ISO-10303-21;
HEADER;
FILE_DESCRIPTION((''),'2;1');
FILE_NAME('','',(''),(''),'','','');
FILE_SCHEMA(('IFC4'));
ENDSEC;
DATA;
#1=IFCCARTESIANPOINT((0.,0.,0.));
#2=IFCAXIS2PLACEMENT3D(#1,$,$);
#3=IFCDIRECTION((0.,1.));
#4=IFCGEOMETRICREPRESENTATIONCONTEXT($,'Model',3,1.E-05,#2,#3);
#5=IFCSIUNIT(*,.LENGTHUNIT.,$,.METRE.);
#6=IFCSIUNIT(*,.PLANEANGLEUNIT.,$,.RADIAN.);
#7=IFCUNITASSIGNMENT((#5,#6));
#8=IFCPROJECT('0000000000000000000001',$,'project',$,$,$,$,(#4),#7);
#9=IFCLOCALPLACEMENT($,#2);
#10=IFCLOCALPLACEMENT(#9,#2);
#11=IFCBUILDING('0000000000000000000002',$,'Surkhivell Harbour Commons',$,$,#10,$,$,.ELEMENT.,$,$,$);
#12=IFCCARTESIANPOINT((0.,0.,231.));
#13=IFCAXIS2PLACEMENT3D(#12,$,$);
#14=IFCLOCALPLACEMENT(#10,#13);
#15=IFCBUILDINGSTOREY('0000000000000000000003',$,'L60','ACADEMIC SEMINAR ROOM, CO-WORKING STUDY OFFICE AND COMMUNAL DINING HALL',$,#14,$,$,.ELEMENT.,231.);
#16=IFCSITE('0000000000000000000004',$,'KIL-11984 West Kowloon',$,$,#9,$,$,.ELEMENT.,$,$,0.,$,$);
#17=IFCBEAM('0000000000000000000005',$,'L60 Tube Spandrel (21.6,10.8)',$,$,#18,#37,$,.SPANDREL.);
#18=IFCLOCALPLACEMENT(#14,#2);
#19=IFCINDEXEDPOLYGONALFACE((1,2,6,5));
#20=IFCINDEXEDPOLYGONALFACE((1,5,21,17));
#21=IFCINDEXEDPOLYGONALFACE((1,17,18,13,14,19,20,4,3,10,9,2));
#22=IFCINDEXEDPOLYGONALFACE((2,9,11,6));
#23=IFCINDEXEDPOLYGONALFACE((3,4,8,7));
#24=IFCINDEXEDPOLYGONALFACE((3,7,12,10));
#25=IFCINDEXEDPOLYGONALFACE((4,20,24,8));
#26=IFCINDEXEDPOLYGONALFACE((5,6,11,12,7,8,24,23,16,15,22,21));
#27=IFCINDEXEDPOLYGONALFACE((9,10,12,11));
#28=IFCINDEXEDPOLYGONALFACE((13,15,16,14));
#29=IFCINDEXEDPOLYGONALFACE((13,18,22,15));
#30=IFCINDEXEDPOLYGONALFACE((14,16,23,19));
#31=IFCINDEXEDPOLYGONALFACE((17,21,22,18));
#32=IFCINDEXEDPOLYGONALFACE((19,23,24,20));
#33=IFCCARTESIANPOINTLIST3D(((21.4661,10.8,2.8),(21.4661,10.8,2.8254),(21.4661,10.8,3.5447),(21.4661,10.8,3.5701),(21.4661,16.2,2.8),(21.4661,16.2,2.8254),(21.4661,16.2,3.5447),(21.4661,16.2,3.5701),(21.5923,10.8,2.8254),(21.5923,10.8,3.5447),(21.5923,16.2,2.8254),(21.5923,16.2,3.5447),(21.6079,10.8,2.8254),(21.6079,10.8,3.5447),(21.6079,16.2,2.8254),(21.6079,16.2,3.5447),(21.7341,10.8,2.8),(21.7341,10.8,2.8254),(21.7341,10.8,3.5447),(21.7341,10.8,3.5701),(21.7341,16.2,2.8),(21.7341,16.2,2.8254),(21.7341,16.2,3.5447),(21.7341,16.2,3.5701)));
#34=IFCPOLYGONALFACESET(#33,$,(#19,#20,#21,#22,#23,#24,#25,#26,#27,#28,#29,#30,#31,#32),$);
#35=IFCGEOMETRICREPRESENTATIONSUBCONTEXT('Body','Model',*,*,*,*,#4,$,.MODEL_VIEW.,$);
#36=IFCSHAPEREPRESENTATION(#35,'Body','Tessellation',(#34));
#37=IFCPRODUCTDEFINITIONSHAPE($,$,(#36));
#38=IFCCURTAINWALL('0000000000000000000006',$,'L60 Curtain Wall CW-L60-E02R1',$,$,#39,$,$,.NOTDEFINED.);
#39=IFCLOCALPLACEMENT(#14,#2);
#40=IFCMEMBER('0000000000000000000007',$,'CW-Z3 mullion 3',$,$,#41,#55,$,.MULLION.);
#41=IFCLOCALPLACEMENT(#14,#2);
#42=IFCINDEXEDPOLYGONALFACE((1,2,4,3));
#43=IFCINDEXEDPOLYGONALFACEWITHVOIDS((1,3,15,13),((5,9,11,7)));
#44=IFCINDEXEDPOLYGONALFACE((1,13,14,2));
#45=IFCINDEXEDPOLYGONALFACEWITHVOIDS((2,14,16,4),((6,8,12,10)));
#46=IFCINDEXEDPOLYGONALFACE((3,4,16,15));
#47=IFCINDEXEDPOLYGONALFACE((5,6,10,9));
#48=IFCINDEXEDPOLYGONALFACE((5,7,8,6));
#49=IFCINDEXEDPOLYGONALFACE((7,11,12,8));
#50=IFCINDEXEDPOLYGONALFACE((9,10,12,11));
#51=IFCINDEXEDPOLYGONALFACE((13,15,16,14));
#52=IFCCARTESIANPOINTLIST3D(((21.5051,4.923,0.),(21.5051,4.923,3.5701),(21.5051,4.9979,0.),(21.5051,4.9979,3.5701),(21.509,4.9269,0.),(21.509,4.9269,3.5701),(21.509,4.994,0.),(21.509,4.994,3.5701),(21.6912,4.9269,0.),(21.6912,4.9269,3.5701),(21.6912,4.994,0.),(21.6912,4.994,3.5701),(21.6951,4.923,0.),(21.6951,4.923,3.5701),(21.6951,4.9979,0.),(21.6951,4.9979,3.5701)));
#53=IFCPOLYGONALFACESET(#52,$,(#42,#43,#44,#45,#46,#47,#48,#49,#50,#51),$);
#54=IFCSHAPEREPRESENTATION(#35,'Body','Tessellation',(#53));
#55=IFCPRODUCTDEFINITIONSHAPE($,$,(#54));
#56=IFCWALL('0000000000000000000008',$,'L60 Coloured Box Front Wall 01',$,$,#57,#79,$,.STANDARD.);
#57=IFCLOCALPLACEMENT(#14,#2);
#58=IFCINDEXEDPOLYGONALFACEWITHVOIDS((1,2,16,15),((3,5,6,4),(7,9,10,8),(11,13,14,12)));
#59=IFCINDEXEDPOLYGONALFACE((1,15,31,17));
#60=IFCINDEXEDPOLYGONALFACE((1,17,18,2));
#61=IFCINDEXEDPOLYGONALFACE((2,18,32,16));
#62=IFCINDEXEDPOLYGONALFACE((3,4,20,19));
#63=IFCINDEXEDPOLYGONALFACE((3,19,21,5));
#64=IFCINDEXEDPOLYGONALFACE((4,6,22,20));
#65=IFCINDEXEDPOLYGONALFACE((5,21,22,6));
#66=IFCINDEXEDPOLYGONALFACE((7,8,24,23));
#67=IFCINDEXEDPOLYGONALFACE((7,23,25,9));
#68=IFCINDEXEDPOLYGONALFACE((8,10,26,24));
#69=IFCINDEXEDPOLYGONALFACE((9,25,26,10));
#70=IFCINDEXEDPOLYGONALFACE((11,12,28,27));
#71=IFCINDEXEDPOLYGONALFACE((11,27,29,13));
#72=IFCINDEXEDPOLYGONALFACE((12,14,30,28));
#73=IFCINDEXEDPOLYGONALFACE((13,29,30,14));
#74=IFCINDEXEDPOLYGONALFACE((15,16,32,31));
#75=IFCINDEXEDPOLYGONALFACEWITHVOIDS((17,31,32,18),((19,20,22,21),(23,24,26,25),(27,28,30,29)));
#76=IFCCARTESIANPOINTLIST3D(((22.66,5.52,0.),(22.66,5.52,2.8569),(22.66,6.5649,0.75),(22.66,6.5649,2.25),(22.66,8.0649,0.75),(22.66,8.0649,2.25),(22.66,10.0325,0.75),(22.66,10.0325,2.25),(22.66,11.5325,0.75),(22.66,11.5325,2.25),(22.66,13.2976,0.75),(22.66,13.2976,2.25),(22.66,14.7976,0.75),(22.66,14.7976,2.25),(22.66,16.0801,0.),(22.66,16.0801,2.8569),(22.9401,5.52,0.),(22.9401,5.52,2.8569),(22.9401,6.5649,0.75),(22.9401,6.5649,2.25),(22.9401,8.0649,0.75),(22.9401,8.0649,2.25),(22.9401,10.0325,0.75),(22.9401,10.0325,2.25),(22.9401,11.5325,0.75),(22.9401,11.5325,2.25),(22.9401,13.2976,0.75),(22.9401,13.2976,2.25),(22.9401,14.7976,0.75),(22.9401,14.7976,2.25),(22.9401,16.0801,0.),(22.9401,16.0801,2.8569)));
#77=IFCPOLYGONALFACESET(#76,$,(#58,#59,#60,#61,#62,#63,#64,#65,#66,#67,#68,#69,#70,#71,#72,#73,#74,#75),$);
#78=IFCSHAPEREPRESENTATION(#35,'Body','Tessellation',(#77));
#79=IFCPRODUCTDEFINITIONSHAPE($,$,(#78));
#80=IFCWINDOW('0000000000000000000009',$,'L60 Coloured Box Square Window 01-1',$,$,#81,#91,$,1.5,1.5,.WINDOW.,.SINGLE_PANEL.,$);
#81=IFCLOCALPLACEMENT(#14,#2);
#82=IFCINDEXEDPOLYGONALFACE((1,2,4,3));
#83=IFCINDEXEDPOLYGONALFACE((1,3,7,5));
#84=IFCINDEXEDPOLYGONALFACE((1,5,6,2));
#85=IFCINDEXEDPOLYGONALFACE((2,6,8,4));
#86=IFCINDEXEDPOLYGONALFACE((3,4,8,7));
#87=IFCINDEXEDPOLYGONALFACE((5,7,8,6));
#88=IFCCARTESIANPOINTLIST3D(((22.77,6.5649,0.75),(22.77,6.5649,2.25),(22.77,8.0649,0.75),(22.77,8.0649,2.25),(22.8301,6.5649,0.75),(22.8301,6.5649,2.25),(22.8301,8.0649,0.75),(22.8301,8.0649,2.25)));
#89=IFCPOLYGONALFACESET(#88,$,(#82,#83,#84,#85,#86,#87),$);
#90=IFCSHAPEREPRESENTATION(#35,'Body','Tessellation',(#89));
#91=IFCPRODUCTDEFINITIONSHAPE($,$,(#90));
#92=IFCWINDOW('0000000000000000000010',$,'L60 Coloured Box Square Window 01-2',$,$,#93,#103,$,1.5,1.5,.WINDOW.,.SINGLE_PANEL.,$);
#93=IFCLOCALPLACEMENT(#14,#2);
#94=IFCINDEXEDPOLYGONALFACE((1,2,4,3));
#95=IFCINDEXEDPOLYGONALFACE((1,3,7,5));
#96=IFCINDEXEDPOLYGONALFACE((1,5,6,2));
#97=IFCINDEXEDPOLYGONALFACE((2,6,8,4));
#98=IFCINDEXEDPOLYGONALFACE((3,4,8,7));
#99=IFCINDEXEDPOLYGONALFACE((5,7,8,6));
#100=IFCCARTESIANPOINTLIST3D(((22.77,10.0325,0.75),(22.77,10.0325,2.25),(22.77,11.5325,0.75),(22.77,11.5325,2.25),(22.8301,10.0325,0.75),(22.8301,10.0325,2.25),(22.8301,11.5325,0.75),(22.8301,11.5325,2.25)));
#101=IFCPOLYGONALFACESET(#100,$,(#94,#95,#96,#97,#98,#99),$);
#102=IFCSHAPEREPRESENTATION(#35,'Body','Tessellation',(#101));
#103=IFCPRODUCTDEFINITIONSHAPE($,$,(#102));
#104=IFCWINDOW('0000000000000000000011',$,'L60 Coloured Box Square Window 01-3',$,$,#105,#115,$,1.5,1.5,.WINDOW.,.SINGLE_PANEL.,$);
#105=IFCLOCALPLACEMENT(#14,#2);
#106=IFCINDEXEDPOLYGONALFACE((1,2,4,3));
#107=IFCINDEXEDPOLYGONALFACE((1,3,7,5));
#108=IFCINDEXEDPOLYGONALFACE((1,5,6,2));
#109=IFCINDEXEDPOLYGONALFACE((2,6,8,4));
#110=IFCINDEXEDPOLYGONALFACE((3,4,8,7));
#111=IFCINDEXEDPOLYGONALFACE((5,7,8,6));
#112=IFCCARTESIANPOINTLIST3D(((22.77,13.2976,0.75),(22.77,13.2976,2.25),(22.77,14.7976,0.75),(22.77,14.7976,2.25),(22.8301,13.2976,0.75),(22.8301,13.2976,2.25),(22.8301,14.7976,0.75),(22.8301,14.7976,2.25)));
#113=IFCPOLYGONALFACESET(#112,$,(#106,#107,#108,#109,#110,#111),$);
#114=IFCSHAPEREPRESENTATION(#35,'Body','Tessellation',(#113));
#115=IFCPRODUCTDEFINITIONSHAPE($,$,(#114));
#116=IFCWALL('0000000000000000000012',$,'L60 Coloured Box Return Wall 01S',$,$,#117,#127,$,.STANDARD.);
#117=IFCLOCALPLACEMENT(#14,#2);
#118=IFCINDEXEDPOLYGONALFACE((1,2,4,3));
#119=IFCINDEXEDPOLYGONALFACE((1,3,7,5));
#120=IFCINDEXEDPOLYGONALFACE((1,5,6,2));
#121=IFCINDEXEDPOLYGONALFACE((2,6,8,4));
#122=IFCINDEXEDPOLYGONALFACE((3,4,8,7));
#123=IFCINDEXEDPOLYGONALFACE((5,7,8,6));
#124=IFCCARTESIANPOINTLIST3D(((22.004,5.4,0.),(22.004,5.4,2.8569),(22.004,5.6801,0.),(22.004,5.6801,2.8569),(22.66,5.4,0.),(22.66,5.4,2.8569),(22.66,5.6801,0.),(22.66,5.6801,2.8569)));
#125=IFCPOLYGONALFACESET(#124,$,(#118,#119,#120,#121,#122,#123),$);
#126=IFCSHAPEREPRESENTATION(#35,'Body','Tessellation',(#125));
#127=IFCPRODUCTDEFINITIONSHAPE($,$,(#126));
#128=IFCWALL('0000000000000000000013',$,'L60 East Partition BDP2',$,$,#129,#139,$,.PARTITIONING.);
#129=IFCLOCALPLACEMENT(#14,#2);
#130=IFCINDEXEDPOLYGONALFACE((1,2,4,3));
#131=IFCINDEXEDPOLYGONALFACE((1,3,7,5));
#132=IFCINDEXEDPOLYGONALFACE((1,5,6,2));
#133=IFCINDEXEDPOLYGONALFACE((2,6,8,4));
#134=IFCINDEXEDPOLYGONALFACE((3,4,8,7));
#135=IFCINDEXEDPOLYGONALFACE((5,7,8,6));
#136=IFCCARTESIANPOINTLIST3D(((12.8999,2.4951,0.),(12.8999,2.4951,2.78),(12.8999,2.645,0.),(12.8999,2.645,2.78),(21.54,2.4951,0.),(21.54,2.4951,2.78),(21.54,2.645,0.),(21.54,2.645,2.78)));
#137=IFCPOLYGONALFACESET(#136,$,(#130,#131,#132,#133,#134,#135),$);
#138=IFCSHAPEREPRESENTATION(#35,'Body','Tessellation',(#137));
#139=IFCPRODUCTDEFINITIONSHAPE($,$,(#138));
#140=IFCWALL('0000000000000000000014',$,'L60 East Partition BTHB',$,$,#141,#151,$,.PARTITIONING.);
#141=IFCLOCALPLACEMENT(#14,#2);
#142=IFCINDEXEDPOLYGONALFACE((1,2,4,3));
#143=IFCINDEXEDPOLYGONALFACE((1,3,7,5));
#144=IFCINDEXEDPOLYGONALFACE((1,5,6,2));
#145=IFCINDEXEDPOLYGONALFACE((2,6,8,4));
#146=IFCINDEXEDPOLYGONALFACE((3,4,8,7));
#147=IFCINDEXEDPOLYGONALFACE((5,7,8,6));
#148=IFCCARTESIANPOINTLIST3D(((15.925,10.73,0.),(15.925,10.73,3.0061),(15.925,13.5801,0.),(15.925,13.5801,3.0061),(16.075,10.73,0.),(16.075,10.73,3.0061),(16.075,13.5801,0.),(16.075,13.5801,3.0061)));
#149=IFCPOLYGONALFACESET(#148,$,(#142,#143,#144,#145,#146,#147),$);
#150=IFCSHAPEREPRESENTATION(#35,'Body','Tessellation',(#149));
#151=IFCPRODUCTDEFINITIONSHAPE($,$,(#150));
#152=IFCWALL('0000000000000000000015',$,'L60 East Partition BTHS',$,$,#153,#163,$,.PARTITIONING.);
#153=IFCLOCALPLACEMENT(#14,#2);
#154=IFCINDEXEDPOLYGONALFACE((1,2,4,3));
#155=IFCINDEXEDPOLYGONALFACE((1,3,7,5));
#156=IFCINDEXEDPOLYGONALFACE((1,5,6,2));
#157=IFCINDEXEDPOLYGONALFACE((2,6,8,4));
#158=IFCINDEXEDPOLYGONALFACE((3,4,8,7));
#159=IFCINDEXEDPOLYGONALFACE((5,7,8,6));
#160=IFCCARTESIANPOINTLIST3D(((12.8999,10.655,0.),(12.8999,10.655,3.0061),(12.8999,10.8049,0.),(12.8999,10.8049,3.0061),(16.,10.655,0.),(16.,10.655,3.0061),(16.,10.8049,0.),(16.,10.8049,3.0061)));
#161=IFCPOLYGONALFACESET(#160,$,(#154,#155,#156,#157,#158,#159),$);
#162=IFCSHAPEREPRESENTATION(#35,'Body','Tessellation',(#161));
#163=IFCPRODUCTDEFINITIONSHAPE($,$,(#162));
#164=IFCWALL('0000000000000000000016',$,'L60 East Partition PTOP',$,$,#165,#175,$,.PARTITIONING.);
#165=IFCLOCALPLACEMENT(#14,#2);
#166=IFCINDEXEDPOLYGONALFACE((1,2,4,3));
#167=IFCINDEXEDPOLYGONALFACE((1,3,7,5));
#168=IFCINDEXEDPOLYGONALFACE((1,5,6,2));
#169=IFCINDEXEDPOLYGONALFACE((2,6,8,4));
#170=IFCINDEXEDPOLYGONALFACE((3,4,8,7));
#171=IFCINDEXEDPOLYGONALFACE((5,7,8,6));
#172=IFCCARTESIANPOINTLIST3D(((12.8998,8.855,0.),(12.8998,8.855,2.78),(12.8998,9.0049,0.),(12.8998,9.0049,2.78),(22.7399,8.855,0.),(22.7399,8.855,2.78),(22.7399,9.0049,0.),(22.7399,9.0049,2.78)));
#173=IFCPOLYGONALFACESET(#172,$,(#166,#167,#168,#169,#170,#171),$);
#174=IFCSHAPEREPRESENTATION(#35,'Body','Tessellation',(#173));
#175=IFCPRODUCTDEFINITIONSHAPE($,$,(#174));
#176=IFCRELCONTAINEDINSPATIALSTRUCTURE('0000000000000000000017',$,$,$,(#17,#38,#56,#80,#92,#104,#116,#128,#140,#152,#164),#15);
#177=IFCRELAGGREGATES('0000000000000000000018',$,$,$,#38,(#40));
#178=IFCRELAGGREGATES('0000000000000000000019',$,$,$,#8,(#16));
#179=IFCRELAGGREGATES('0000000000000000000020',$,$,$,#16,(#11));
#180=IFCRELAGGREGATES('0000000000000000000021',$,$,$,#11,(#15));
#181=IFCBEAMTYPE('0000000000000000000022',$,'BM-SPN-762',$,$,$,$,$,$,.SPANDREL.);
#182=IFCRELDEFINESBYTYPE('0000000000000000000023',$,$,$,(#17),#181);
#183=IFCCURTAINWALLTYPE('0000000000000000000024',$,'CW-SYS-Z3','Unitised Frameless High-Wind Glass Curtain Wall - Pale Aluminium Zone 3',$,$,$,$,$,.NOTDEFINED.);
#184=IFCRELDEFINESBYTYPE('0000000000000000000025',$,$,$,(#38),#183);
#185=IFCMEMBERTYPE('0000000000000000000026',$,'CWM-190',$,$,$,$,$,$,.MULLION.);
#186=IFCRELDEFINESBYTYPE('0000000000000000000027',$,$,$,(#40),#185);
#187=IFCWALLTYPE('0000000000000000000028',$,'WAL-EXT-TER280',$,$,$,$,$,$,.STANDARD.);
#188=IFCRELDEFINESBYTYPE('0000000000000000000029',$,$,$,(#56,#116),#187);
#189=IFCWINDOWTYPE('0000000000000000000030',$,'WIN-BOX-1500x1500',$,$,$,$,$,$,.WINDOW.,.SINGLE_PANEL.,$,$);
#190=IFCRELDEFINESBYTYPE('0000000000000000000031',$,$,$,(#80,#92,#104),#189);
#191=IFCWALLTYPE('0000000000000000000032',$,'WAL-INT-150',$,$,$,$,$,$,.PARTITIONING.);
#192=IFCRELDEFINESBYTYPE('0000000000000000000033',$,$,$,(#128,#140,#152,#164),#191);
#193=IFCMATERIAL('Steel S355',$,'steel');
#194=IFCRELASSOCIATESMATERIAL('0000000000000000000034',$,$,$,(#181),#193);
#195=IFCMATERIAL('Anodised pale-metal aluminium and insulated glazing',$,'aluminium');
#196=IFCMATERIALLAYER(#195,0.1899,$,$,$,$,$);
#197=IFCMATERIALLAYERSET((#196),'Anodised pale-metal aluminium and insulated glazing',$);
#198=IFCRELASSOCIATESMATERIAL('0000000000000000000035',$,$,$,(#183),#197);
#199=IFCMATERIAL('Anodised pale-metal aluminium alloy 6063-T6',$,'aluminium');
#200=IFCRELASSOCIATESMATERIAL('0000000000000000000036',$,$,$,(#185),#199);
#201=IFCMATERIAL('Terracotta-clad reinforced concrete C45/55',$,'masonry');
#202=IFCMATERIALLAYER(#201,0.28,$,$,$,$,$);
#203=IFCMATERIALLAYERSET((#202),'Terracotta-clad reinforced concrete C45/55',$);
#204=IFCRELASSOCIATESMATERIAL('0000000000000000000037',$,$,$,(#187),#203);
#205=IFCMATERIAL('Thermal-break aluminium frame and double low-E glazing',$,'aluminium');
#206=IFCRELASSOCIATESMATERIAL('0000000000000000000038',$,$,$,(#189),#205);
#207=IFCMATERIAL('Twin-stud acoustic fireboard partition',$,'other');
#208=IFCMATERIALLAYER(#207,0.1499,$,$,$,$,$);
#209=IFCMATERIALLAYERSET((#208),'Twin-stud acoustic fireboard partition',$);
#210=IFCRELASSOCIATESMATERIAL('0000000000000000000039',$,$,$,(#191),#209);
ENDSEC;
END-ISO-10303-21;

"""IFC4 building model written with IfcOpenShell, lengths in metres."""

from ifc_helpers import new_model, si_unit, direction, frame, frame_2d, origin, origin_2d, place, context, subcontext, project, spatial, rectangle, hollow_rectangle, i_section, extrude, material, layer, layer_set, material_profile, profile_set, type_object, element, fill, aggregate, save


model = new_model("IFC4")

# Units and contexts
model_context = context("Model", 3, precision=1e-05, world=origin(), true_north=direction((0.0, 1.0)))
body_context = subcontext(model_context, "Body", "Model", "MODEL_VIEW")
ifc_project = project(units=[si_unit("LENGTHUNIT", "METRE"), si_unit("PLANEANGLEUNIT", "RADIAN")], contexts=[model_context])

# Site, building, storey
site_placement = place(None, origin())
site = spatial("IfcSite", under=ifc_project, at=site_placement, Name="KIL-11984 West Kowloon", CompositionType="ELEMENT", RefElevation=0.0)
building_placement = place(site_placement, origin())
building = spatial("IfcBuilding", under=site, at=building_placement, Name="Surkhivell Harbour Commons", CompositionType="ELEMENT")
storey_placement = place(building_placement, frame((0.0, 0.0, 231.0)))
storey = spatial("IfcBuildingStorey", under=building, at=storey_placement, Name="L60", Description="ACADEMIC SEMINAR ROOM, CO-WORKING STUDY OFFICE AND COMMUNAL DINING HALL", CompositionType="ELEMENT", Elevation=231.0)

# Beam
ifc_material_1 = material(Name="Steel S355", Category="steel")
ifc_material_profile_1 = material_profile(ifc_material_1, i_section(OverallWidth=0.2681, OverallDepth=0.77, WebThickness=0.0156, FlangeThickness=0.0254, at=origin_2d()), Name="UB762x267x197")
ifc_profile_set_1 = profile_set([ifc_material_profile_1], Name="Steel S355")
beam_type_1 = type_object("IfcBeamType", Name="BM-SPN-762", PredefinedType="SPANDREL", material=ifc_profile_set_1)
beam_1_placement = place(storey_placement, frame((21.6001, 10.8, 3.1851), z_axis=(0.0, 1.0, 0.0), x_axis=(-1.0, 0.0, 0.0)))
element("IfcBeam", 1, at=beam_1_placement, inside=storey, type_object=beam_type_1, Name="L60 Tube Spandrel (21.6,10.8)", PredefinedType="SPANDREL", context=body_context, shape_type="SweptSolid", body=[
    extrude(i_section(OverallWidth=0.2681, OverallDepth=0.77, WebThickness=0.0156, FlangeThickness=0.0254, at=origin_2d()), origin(), (0.0, 0.0, 1.0), 5.3999),
])

# Curtain wall, member
ifc_material_2 = material(Name="Anodised pale-metal aluminium and insulated glazing", Category="aluminium")
ifc_layer_1 = layer(ifc_material_2, 0.1899)
ifc_layer_set_1 = layer_set([ifc_layer_1], Name="Anodised pale-metal aluminium and insulated glazing")
curtain_wall_type = type_object("IfcCurtainWallType", Name="CW-SYS-Z3", Description="Unitised Frameless High-Wind Glass Curtain Wall - Pale Aluminium Zone 3", PredefinedType="NOTDEFINED", material=ifc_layer_set_1)
curtain_wall_placement = place(storey_placement, origin())
curtain_wall = element("IfcCurtainWall", 2, at=curtain_wall_placement, inside=storey, type_object=curtain_wall_type, Name="L60 Curtain Wall CW-L60-E02R1", PredefinedType="NOTDEFINED")
ifc_material_3 = material(Name="Anodised pale-metal aluminium alloy 6063-T6", Category="aluminium")
ifc_material_profile_2 = material_profile(ifc_material_3, hollow_rectangle(XDim=0.075, YDim=0.1899, WallThickness=0.0039, at=origin_2d()), Name="ALU-MULL-75x190")
ifc_profile_set_2 = profile_set([ifc_material_profile_2], Name="Anodised pale-metal aluminium alloy 6063-T6")
member_type = type_object("IfcMemberType", Name="CWM-190", PredefinedType="MULLION", material=ifc_profile_set_2)
member_placement = place(storey_placement, frame((21.6001, 4.9604, 0.0), z_axis=(0.0, 0.0, 1.0), x_axis=(0.0, 1.0, 0.0)))
member = element("IfcMember", 3, at=member_placement, type_object=member_type, Name="CW-Z3 mullion 3", PredefinedType="MULLION", context=body_context, shape_type="SweptSolid", body=[
    extrude(hollow_rectangle(XDim=0.075, YDim=0.1899, WallThickness=0.0039, at=origin_2d()), origin(), (0.0, 0.0, 1.0), 3.5701),
])
aggregate(curtain_wall, [member])

# Wall, openings, windows
ifc_material_4 = material(Name="Terracotta-clad reinforced concrete C45/55", Category="masonry")
ifc_layer_2 = layer(ifc_material_4, 0.28)
ifc_layer_set_2 = layer_set([ifc_layer_2], Name="Terracotta-clad reinforced concrete C45/55")
wall_type_1 = type_object("IfcWallType", Name="WAL-EXT-TER280", PredefinedType="STANDARD", material=ifc_layer_set_2)
wall_1_placement = place(storey_placement, frame((22.8, 5.52, 0.0), z_axis=(0.0, 0.0, 1.0), x_axis=(0.0, 1.0, 0.0)))
wall_1 = element("IfcWall", 4, at=wall_1_placement, inside=storey, type_object=wall_type_1, Name="L60 Coloured Box Front Wall 01", PredefinedType="STANDARD", context=body_context, shape_type="SweptSolid", body=[
    extrude(rectangle(XDim=10.5601, YDim=0.28, at=frame_2d((5.28, 0.0))), origin(), (0.0, 0.0, 1.0), 2.8569),
])
opening_1_placement = place(wall_1_placement, frame((1.0449, 0.0, 0.75)))
opening_1 = element("IfcOpeningElement", 5, at=opening_1_placement, cuts=wall_1, PredefinedType="OPENING", context=body_context, shape_type="SweptSolid", body=[
    extrude(rectangle(XDim=1.5, YDim=1.5, at=frame_2d((0.75, 0.75))), frame((0.0, 0.1499, 0.0), z_axis=(0.0, -1.0, 0.0), x_axis=(1.0, 0.0, 0.0)), (0.0, 0.0, 1.0), 0.3),
])
opening_2_placement = place(wall_1_placement, frame((4.5125, 0.0, 0.75)))
opening_2 = element("IfcOpeningElement", 6, at=opening_2_placement, cuts=wall_1, PredefinedType="OPENING", context=body_context, shape_type="SweptSolid", body=[
    extrude(rectangle(XDim=1.5, YDim=1.5, at=frame_2d((0.75, 0.75))), frame((0.0, 0.1499, 0.0), z_axis=(0.0, -1.0, 0.0), x_axis=(1.0, 0.0, 0.0)), (0.0, 0.0, 1.0), 0.3),
])
opening_3_placement = place(wall_1_placement, frame((7.7776, 0.0, 0.75)))
opening_3 = element("IfcOpeningElement", 7, at=opening_3_placement, cuts=wall_1, PredefinedType="OPENING", context=body_context, shape_type="SweptSolid", body=[
    extrude(rectangle(XDim=1.5, YDim=1.5, at=frame_2d((0.75, 0.75))), frame((0.0, 0.1499, 0.0), z_axis=(0.0, -1.0, 0.0), x_axis=(1.0, 0.0, 0.0)), (0.0, 0.0, 1.0), 0.3),
])
ifc_material_5 = material(Name="Thermal-break aluminium frame and double low-E glazing", Category="aluminium")
window_type = type_object("IfcWindowType", Name="WIN-BOX-1500x1500", PartitioningType="SINGLE_PANEL", PredefinedType="WINDOW", material=ifc_material_5)
window_1_placement = place(opening_1_placement, origin())
window_1 = element("IfcWindow", 8, at=window_1_placement, inside=storey, type_object=window_type, Name="L60 Coloured Box Square Window 01-1", OverallHeight=1.5, OverallWidth=1.5, PartitioningType="SINGLE_PANEL", PredefinedType="WINDOW", context=body_context, shape_type="SweptSolid", body=[
    extrude(rectangle(XDim=1.5, YDim=1.5, at=frame_2d((0.75, 0.75))), frame((0.0, 0.03, 0.0), z_axis=(0.0, -1.0, 0.0), x_axis=(1.0, 0.0, 0.0)), (0.0, 0.0, 1.0), 0.0601),
])
fill(opening_1, window_1)
window_2_placement = place(opening_2_placement, origin())
window_2 = element("IfcWindow", 9, at=window_2_placement, inside=storey, type_object=window_type, Name="L60 Coloured Box Square Window 01-2", OverallHeight=1.5, OverallWidth=1.5, PartitioningType="SINGLE_PANEL", PredefinedType="WINDOW", context=body_context, shape_type="SweptSolid", body=[
    extrude(rectangle(XDim=1.5, YDim=1.5, at=frame_2d((0.75, 0.75))), frame((0.0, 0.03, 0.0), z_axis=(0.0, -1.0, 0.0), x_axis=(1.0, 0.0, 0.0)), (0.0, 0.0, 1.0), 0.0601),
])
fill(opening_2, window_2)
window_3_placement = place(opening_3_placement, origin())
window_3 = element("IfcWindow", 10, at=window_3_placement, inside=storey, type_object=window_type, Name="L60 Coloured Box Square Window 01-3", OverallHeight=1.5, OverallWidth=1.5, PartitioningType="SINGLE_PANEL", PredefinedType="WINDOW", context=body_context, shape_type="SweptSolid", body=[
    extrude(rectangle(XDim=1.5, YDim=1.5, at=frame_2d((0.75, 0.75))), frame((0.0, 0.03, 0.0), z_axis=(0.0, -1.0, 0.0), x_axis=(1.0, 0.0, 0.0)), (0.0, 0.0, 1.0), 0.0601),
])
fill(opening_3, window_3)

# Walls
wall_2_placement = place(storey_placement, frame((22.0039, 5.54, 0.0), z_axis=(0.0, 0.0, 1.0), x_axis=(1.0, 0.0, 0.0)))
element("IfcWall", 11, at=wall_2_placement, inside=storey, type_object=wall_type_1, Name="L60 Coloured Box Return Wall 01S", PredefinedType="STANDARD", context=body_context, shape_type="SweptSolid", body=[
    extrude(rectangle(XDim=0.656, YDim=0.28, at=frame_2d((0.3281, 0.0))), origin(), (0.0, 0.0, 1.0), 2.8569),
])
ifc_material_6 = material(Name="Twin-stud acoustic fireboard partition", Category="other")
ifc_layer_3 = layer(ifc_material_6, 0.1499)
ifc_layer_set_3 = layer_set([ifc_layer_3], Name="Twin-stud acoustic fireboard partition")
wall_type_2 = type_object("IfcWallType", Name="WAL-INT-150", PredefinedType="PARTITIONING", material=ifc_layer_set_3)
wall_3_placement = place(storey_placement, frame((12.8999, 2.5701, 0.0), z_axis=(0.0, 0.0, 1.0), x_axis=(1.0, 0.0, 0.0)))
element("IfcWall", 12, at=wall_3_placement, inside=storey, type_object=wall_type_2, Name="L60 East Partition BDP2", PredefinedType="PARTITIONING", context=body_context, shape_type="SweptSolid", body=[
    extrude(rectangle(XDim=8.6401, YDim=0.1499, at=frame_2d((4.3201, 0.0))), origin(), (0.0, 0.0, 1.0), 2.78),
])
wall_4_placement = place(storey_placement, frame((16.0, 10.73, 0.0), z_axis=(0.0, 0.0, 1.0), x_axis=(0.0, 1.0, 0.0)))
element("IfcWall", 13, at=wall_4_placement, inside=storey, type_object=wall_type_2, Name="L60 East Partition BTHB", PredefinedType="PARTITIONING", context=body_context, shape_type="SweptSolid", body=[
    extrude(rectangle(XDim=2.8501, YDim=0.1499, at=frame_2d((1.425, 0.0))), origin(), (0.0, 0.0, 1.0), 3.0061),
])
wall_5_placement = place(storey_placement, frame((12.8999, 10.73, 0.0), z_axis=(0.0, 0.0, 1.0), x_axis=(1.0, 0.0, 0.0)))
element("IfcWall", 14, at=wall_5_placement, inside=storey, type_object=wall_type_2, Name="L60 East Partition BTHS", PredefinedType="PARTITIONING", context=body_context, shape_type="SweptSolid", body=[
    extrude(rectangle(XDim=3.1001, YDim=0.1499, at=frame_2d((1.55, 0.0))), origin(), (0.0, 0.0, 1.0), 3.0061),
])
wall_6_placement = place(storey_placement, frame((12.8999, 8.9299, 0.0), z_axis=(0.0, 0.0, 1.0), x_axis=(1.0, 0.0, 0.0)))
element("IfcWall", 15, at=wall_6_placement, inside=storey, type_object=wall_type_2, Name="L60 East Partition PTOP", PredefinedType="PARTITIONING", context=body_context, shape_type="SweptSolid", body=[
    extrude(rectangle(XDim=9.8401, YDim=0.1499, at=frame_2d((4.9199, 0.0))), origin(), (0.0, 0.0, 1.0), 2.78),
])

save(model, "model.ifc")
